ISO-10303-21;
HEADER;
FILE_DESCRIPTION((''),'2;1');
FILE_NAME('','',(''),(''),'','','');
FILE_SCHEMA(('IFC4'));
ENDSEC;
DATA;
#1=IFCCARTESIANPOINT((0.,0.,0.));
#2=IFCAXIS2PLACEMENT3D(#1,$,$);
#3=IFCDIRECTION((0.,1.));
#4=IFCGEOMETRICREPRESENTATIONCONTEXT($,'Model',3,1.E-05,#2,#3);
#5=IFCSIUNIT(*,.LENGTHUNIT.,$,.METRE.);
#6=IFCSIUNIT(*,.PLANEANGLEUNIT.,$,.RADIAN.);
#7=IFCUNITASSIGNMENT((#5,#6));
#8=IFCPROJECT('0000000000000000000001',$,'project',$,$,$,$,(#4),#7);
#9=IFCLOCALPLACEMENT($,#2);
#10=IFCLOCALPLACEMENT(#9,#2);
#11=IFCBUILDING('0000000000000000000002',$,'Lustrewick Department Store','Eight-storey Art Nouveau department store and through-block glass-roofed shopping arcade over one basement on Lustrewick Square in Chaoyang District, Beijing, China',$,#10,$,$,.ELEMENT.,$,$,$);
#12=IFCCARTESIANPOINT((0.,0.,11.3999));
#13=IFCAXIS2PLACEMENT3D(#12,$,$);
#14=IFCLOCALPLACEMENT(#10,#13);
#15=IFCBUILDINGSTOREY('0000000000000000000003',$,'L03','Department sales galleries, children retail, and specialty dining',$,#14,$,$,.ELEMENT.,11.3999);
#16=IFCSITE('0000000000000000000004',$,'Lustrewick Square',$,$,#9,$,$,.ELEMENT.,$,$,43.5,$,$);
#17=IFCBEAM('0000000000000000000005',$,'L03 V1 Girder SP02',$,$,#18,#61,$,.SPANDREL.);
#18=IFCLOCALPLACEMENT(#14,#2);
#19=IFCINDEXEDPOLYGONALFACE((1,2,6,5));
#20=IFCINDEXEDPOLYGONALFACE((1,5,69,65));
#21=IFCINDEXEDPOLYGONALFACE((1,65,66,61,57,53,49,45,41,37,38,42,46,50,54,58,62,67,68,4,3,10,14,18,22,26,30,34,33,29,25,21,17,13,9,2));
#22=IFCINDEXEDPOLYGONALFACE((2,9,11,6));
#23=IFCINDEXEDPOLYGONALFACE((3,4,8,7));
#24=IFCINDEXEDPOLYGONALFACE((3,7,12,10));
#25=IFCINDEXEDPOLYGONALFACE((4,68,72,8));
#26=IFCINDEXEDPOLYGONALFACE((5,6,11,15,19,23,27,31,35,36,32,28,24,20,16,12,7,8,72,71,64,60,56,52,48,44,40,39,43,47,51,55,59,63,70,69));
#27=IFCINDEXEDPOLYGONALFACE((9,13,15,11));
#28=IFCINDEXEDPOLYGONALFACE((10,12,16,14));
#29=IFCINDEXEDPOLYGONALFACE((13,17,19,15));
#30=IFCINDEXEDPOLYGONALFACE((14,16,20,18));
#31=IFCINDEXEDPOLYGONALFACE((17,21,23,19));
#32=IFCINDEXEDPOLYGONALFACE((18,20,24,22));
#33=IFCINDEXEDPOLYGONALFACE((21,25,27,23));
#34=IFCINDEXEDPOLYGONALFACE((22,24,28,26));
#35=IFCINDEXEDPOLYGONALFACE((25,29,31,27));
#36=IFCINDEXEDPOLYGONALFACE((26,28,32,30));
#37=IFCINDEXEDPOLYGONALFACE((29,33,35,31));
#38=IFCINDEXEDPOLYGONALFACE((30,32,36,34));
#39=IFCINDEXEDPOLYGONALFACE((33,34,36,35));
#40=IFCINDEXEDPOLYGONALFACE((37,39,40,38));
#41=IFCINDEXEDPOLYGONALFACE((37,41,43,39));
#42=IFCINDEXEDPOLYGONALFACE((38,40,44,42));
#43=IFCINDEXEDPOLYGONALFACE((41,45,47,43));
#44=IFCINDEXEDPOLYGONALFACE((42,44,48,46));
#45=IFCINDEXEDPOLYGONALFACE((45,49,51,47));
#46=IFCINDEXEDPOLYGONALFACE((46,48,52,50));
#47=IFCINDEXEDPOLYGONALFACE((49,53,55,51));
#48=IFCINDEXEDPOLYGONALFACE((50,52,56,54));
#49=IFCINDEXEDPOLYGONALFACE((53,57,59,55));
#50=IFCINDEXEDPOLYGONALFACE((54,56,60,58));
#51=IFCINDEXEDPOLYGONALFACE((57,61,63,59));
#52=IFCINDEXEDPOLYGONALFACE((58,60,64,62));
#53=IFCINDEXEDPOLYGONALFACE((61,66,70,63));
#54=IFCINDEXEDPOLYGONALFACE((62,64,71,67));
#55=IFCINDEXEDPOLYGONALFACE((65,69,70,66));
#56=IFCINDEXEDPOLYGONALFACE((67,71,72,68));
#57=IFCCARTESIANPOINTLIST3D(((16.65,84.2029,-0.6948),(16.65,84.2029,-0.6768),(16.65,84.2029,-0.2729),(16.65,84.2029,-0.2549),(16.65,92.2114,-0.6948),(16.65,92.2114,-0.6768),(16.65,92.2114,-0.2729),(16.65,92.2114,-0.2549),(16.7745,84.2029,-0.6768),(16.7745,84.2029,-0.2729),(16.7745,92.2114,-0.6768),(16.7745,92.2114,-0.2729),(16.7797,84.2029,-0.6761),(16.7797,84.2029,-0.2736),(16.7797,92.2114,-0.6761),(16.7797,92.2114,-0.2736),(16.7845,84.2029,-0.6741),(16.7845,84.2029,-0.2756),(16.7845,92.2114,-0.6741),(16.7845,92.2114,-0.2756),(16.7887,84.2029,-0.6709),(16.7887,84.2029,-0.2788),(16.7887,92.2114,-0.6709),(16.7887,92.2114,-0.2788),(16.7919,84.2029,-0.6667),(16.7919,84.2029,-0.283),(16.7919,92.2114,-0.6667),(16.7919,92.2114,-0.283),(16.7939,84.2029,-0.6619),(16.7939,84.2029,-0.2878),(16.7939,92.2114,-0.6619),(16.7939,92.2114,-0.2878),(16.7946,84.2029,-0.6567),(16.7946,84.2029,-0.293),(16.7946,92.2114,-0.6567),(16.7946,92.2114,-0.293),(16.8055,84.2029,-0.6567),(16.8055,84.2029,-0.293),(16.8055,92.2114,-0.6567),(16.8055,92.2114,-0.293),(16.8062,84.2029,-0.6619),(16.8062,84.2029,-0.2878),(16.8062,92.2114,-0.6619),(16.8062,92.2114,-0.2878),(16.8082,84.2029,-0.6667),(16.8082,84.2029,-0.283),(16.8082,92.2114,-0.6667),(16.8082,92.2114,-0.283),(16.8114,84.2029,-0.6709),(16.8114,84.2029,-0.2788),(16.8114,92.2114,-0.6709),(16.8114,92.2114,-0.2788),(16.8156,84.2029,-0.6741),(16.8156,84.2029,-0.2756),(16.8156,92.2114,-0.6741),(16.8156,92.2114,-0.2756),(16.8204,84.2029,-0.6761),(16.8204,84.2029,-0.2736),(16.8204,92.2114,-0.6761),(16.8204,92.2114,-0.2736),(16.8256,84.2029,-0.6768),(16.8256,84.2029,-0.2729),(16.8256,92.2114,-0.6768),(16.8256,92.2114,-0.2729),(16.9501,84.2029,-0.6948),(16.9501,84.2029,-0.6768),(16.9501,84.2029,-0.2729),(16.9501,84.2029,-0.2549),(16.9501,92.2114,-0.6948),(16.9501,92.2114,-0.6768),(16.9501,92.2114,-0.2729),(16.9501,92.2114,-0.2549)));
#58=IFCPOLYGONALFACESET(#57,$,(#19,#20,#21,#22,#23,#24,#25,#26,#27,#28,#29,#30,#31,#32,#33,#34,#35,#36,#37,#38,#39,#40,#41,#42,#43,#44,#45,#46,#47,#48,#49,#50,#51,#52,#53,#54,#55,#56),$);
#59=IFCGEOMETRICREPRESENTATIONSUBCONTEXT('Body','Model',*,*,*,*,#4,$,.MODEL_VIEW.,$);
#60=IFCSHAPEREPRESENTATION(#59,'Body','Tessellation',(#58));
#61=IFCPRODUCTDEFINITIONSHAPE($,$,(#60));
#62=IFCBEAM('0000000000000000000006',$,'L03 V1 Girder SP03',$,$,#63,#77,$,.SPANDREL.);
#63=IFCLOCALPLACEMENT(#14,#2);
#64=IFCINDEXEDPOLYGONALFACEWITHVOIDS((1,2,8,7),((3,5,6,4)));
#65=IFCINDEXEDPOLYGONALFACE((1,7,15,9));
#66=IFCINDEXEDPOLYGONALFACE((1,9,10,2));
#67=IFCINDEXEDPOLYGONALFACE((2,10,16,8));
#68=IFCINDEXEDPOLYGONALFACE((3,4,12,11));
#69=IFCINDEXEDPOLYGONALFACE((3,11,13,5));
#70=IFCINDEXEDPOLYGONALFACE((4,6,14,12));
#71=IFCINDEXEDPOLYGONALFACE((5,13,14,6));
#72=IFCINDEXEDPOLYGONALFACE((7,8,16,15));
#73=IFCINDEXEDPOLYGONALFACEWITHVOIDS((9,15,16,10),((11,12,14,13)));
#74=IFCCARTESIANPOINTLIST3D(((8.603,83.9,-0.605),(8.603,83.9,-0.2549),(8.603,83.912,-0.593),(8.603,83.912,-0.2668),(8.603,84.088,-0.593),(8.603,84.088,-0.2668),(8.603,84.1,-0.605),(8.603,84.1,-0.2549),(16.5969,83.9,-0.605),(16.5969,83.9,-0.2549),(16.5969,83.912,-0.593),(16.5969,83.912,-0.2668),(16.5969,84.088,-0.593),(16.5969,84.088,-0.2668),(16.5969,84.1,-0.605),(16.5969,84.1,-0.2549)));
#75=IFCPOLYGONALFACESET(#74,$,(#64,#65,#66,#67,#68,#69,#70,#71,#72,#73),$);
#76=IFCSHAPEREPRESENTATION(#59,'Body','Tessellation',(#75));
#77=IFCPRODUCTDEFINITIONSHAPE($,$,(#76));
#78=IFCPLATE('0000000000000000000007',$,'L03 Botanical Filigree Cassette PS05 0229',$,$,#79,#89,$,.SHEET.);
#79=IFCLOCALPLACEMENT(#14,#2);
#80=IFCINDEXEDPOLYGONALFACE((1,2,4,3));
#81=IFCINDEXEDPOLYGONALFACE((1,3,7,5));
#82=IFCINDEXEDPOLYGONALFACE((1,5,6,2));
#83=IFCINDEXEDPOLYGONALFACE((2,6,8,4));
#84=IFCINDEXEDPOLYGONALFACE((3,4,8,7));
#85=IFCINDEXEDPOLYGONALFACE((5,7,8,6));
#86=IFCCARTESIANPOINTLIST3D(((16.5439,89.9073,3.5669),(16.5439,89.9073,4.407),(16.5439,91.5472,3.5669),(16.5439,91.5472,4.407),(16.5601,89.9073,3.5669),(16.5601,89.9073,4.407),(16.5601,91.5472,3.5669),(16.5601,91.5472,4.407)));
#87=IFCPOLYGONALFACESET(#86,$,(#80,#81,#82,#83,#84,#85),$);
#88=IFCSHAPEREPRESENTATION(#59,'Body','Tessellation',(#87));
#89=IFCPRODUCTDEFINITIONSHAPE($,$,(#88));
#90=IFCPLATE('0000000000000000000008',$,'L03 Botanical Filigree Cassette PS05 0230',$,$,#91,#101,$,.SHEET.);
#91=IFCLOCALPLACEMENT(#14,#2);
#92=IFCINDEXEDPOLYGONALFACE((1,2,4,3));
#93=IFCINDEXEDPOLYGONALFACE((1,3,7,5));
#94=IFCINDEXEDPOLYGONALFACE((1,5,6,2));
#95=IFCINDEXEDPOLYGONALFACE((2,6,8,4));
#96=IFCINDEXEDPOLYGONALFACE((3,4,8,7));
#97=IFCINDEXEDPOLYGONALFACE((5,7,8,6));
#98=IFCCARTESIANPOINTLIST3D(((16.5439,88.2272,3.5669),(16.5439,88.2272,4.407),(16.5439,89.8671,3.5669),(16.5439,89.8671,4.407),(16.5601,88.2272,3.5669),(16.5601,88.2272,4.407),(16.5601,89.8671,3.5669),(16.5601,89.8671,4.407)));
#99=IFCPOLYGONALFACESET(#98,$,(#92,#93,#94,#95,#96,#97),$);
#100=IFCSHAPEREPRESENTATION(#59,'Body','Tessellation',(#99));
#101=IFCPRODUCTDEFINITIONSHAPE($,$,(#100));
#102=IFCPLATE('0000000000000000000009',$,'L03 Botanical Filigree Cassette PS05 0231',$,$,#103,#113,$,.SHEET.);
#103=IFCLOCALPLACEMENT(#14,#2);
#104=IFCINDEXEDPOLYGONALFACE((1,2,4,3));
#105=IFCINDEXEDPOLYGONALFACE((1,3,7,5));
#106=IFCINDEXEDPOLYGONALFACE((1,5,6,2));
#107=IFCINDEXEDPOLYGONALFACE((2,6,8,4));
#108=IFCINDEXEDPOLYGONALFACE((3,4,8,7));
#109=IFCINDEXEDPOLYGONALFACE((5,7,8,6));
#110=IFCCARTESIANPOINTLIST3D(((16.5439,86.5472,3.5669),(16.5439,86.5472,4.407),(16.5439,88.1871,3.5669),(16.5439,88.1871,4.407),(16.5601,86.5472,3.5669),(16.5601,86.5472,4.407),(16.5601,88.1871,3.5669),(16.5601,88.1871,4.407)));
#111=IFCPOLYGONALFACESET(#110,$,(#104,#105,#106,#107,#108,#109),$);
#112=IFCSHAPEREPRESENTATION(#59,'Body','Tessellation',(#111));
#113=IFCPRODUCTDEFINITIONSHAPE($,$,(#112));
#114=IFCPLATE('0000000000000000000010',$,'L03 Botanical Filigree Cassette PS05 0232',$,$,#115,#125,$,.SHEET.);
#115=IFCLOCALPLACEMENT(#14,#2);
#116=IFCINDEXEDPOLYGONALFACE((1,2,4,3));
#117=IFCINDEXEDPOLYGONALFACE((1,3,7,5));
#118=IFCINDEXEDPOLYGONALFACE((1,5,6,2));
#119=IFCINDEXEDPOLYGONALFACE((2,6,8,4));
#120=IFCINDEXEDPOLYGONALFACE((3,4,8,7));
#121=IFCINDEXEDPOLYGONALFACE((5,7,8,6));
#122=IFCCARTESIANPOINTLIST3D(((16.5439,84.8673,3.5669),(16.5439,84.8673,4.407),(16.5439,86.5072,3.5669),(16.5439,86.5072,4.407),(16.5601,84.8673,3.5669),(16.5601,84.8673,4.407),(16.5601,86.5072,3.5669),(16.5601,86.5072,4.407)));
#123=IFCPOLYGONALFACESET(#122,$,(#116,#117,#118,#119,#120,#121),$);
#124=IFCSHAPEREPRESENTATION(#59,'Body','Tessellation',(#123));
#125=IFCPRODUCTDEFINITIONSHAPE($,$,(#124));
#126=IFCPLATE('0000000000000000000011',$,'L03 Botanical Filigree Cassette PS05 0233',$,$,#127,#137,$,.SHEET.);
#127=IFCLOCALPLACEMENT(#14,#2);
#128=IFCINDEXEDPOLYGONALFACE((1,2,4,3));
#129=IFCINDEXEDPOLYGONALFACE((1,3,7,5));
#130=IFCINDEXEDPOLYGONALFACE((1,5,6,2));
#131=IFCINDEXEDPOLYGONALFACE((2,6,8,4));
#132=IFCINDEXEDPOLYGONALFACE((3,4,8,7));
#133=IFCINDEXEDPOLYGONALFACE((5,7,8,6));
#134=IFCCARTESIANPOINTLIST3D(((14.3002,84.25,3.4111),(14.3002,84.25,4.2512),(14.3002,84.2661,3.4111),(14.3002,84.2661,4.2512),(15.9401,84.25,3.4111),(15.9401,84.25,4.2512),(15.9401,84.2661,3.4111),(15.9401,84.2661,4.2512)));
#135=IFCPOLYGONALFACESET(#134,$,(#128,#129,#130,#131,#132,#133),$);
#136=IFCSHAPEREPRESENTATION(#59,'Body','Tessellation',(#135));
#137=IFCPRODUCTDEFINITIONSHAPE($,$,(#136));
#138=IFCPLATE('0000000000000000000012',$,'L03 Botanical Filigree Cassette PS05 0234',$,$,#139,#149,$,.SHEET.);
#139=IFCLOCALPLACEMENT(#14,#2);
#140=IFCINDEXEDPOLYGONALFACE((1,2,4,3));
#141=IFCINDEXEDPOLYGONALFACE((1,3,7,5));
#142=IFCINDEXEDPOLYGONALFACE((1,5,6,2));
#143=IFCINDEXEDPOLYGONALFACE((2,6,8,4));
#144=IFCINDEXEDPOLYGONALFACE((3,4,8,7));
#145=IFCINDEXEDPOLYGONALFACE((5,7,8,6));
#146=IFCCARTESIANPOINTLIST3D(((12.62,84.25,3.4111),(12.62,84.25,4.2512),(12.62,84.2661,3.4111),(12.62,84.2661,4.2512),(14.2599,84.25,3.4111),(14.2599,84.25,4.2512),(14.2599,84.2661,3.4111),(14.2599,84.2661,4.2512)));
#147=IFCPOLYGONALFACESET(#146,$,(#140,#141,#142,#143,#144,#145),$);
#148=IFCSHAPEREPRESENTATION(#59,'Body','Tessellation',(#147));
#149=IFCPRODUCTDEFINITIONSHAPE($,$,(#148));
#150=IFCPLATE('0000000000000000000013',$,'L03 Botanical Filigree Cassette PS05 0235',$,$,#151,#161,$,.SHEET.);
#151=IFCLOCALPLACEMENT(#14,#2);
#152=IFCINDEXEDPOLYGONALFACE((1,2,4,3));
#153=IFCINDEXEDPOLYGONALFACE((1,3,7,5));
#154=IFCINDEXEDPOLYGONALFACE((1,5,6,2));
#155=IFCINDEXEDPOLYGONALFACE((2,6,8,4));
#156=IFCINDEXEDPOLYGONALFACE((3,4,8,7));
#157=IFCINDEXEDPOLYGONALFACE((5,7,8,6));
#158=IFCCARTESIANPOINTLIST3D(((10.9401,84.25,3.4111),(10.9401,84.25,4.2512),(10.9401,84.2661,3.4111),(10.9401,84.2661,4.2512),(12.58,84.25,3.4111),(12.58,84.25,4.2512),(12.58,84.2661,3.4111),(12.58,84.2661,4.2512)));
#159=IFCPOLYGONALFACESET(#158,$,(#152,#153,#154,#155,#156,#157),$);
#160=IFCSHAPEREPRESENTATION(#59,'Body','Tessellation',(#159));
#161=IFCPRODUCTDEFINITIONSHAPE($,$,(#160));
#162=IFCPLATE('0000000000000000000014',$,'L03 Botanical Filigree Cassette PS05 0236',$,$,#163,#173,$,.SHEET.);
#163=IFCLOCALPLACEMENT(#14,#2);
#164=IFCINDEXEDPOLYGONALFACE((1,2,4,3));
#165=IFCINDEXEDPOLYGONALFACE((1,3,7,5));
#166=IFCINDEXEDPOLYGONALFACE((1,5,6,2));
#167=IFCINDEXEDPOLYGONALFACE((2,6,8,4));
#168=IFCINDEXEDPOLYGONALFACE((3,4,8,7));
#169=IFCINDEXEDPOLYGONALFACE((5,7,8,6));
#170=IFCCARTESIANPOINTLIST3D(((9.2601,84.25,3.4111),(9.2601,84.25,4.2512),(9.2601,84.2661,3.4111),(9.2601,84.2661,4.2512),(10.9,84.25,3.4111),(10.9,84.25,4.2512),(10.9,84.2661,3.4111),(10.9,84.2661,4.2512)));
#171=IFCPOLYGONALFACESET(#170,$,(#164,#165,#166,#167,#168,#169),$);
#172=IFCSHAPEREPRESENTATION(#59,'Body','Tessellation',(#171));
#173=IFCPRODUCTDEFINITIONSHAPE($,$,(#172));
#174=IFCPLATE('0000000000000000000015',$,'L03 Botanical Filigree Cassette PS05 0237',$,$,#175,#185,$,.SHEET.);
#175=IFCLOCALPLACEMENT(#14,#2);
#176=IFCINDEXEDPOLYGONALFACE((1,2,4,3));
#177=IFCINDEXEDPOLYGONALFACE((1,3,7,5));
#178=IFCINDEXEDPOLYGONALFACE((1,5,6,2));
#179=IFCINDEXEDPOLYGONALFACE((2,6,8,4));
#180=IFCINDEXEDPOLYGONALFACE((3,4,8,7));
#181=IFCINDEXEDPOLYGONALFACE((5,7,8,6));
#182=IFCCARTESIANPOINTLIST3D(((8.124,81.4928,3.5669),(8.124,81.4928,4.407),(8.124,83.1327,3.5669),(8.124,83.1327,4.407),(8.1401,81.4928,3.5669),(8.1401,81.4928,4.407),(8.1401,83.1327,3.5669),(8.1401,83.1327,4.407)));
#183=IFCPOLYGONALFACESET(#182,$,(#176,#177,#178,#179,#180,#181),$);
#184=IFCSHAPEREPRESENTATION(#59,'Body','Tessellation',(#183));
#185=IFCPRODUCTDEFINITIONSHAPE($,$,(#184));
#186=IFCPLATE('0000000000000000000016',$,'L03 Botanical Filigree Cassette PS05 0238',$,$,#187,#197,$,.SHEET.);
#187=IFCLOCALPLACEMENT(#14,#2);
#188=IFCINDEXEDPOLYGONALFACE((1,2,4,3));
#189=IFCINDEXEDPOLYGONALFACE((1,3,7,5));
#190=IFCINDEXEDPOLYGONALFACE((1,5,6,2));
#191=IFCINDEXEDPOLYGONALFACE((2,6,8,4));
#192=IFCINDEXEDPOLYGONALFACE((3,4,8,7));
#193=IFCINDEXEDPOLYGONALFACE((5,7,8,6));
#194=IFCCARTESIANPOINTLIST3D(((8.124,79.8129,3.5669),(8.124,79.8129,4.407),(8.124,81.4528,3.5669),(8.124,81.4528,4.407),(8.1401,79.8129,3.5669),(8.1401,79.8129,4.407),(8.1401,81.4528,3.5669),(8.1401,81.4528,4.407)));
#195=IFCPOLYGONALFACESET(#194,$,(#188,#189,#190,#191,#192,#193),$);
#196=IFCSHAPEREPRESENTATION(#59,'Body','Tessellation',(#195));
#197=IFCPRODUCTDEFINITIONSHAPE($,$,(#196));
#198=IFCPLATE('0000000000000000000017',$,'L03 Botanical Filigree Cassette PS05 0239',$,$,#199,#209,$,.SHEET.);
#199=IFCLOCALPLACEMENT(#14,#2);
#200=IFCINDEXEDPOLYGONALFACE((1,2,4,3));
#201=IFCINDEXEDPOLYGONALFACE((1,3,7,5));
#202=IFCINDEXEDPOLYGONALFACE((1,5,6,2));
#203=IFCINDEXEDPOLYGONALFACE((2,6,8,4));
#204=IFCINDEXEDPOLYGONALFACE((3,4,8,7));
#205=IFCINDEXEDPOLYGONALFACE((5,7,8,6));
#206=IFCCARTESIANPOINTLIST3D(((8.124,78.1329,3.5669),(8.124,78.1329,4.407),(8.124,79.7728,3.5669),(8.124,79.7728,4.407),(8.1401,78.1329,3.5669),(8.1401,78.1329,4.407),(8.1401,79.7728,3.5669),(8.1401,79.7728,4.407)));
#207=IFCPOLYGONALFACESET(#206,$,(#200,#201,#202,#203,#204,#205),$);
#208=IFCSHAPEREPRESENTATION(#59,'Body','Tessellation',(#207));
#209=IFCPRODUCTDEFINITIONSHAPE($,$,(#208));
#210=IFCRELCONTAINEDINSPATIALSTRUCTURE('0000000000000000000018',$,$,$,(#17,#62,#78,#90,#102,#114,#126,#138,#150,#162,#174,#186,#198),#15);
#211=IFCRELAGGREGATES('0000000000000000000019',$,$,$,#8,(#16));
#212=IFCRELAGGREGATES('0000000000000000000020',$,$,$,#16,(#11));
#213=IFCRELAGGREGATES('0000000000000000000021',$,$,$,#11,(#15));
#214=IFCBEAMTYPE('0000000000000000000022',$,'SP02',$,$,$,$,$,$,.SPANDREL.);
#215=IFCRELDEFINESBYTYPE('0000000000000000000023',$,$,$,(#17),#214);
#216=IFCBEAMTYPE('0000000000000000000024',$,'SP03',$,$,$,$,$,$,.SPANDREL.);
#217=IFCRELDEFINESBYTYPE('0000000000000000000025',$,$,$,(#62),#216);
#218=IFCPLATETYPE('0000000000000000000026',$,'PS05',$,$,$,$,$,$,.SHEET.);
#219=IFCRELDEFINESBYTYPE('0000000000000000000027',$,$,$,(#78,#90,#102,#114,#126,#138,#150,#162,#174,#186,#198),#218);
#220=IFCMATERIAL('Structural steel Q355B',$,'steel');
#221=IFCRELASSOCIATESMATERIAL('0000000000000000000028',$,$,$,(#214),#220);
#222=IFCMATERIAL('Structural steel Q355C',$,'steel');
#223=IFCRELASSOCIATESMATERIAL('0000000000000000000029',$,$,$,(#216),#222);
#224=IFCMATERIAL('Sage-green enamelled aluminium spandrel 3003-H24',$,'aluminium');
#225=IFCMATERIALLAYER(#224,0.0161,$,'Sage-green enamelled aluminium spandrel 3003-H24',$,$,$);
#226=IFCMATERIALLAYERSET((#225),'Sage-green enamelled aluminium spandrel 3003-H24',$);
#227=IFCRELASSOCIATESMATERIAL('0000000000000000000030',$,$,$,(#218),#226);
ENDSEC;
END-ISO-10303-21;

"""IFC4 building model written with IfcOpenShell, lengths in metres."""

from ifc_helpers import new_model, si_unit, direction, frame, origin, origin_2d, place, context, subcontext, project, spatial, rectangle, hollow_rectangle, i_section, extrude, material, layer, layer_set, material_profile, profile_set, type_object, element, save


model = new_model("IFC4")

# Units and contexts
model_context = context("Model", 3, precision=1e-05, world=origin(), true_north=direction((0.0, 1.0)))
body_context = subcontext(model_context, "Body", "Model", "MODEL_VIEW")
ifc_project = project(units=[si_unit("LENGTHUNIT", "METRE"), si_unit("PLANEANGLEUNIT", "RADIAN")], contexts=[model_context])

# Site, building, storey
site_placement = place(None, origin())
site = spatial("IfcSite", under=ifc_project, at=site_placement, Name="Lustrewick Square", CompositionType="ELEMENT", RefElevation=43.5)
building_placement = place(site_placement, origin())
building = spatial("IfcBuilding", under=site, at=building_placement, Name="Lustrewick Department Store", Description="Eight-storey Art Nouveau department store and through-block glass-roofed shopping arcade over one basement on Lustrewick Square in Chaoyang District, Beijing, China", CompositionType="ELEMENT")
storey_placement = place(building_placement, frame((0.0, 0.0, 11.3999)))
storey = spatial("IfcBuildingStorey", under=building, at=storey_placement, Name="L03", Description="Department sales galleries, children retail, and specialty dining", CompositionType="ELEMENT", Elevation=11.3999)

# Shared definitions
ifc_material_1 = material(Name="Structural steel Q355C", Category="steel")
ifc_material_2 = material(Name="Structural steel Q355B", Category="steel")

# Beams
ifc_material_profile_1 = material_profile(ifc_material_2, i_section(OverallWidth=0.3, OverallDepth=0.4399, WebThickness=0.011, FlangeThickness=0.0181, FilletRadius=0.02, at=origin_2d()), Name="HM 440x300x11x18")
ifc_profile_set_1 = profile_set([ifc_material_profile_1], Name="Structural steel Q355B")
beam_type_1 = type_object("IfcBeamType", Name="SP02", PredefinedType="SPANDREL", material=ifc_profile_set_1)
beam_1_placement = place(storey_placement, frame((16.8, 84.2029, -0.4749), z_axis=(0.0, 1.0, 0.0), x_axis=(-1.0, 0.0, 0.0)))
element("IfcBeam", 1, at=beam_1_placement, inside=storey, type_object=beam_type_1, Name="L03 V1 Girder SP02", PredefinedType="SPANDREL", context=body_context, shape_type="SweptSolid", body=[
    extrude(i_section(OverallWidth=0.3, OverallDepth=0.4399, WebThickness=0.011, FlangeThickness=0.0181, FilletRadius=0.02, at=origin_2d()), origin(), (0.0, 0.0, 1.0), 8.0085),
])
ifc_material_profile_2 = material_profile(ifc_material_1, hollow_rectangle(XDim=0.2, YDim=0.3501, WallThickness=0.012, at=origin_2d()), Name="RHS 350x200x12")
ifc_profile_set_2 = profile_set([ifc_material_profile_2], Name="Structural steel Q355C")
beam_type_2 = type_object("IfcBeamType", Name="SP03", PredefinedType="SPANDREL", material=ifc_profile_set_2)
beam_2_placement = place(storey_placement, frame((8.603, 84.0, -0.4299), z_axis=(1.0, 0.0, 0.0), x_axis=(0.0, 1.0, 0.0)))
element("IfcBeam", 2, at=beam_2_placement, inside=storey, type_object=beam_type_2, Name="L03 V1 Girder SP03", PredefinedType="SPANDREL", context=body_context, shape_type="SweptSolid", body=[
    extrude(hollow_rectangle(XDim=0.2, YDim=0.3501, WallThickness=0.012, at=origin_2d()), origin(), (0.0, 0.0, 1.0), 7.9939),
])

# Plates
ifc_material_3 = material(Name="Sage-green enamelled aluminium spandrel 3003-H24", Category="aluminium")
ifc_layer_1 = layer(ifc_material_3, 0.0161, Name="Sage-green enamelled aluminium spandrel 3003-H24")
ifc_layer_set_1 = layer_set([ifc_layer_1], Name="Sage-green enamelled aluminium spandrel 3003-H24")
plate_type = type_object("IfcPlateType", Name="PS05", PredefinedType="SHEET", material=ifc_layer_set_1)
for number, where, z_axis, x_axis, name in (
    (3, (16.552, 90.7273, 3.5669), (0.0, 0.0, 1.0), (0.0, -1.0, 0.0), "L03 Botanical Filigree Cassette PS05 0229"),
    (4, (16.552, 89.0471, 3.5669), (0.0, 0.0, 1.0), (0.0, -1.0, 0.0), "L03 Botanical Filigree Cassette PS05 0230"),
    (5, (16.552, 87.3672, 3.5669), (0.0, 0.0, 1.0), (0.0, -1.0, 0.0), "L03 Botanical Filigree Cassette PS05 0231"),
    (6, (16.552, 85.6873, 3.5669), (0.0, 0.0, 1.0), (0.0, -1.0, 0.0), "L03 Botanical Filigree Cassette PS05 0232"),
    (7, (15.1201, 84.2581, 3.4111), (0.0, 0.0, 1.0), (-1.0, 0.0, 0.0), "L03 Botanical Filigree Cassette PS05 0233"),
    (8, (13.4399, 84.2581, 3.4111), (0.0, 0.0, 1.0), (-1.0, 0.0, 0.0), "L03 Botanical Filigree Cassette PS05 0234"),
    (9, (11.76, 84.2581, 3.4111), (0.0, 0.0, 1.0), (-1.0, 0.0, 0.0), "L03 Botanical Filigree Cassette PS05 0235"),
    (10, (10.0801, 84.2581, 3.4111), (0.0, 0.0, 1.0), (-1.0, 0.0, 0.0), "L03 Botanical Filigree Cassette PS05 0236"),
    (11, (8.1321, 82.3127, 3.5669), (0.0, 0.0, 1.0), (0.0, -1.0, 0.0), "L03 Botanical Filigree Cassette PS05 0237"),
    (12, (8.1321, 80.6328, 3.5669), (0.0, 0.0, 1.0), (0.0, -1.0, 0.0), "L03 Botanical Filigree Cassette PS05 0238"),
    (13, (8.1321, 78.9529, 3.5669), (0.0, 0.0, 1.0), (0.0, -1.0, 0.0), "L03 Botanical Filigree Cassette PS05 0239"),
):
    element("IfcPlate", number, at=place(storey_placement, frame(where, z_axis=z_axis, x_axis=x_axis)), inside=storey, type_object=plate_type, Name=name, PredefinedType="SHEET", context=body_context, shape_type="SweptSolid", body=[
        extrude(rectangle(XDim=1.6399, YDim=0.0161, at=origin_2d()), origin(), (0.0, 0.0, 1.0), 0.8401),
    ])

save(model, "model.ifc")
